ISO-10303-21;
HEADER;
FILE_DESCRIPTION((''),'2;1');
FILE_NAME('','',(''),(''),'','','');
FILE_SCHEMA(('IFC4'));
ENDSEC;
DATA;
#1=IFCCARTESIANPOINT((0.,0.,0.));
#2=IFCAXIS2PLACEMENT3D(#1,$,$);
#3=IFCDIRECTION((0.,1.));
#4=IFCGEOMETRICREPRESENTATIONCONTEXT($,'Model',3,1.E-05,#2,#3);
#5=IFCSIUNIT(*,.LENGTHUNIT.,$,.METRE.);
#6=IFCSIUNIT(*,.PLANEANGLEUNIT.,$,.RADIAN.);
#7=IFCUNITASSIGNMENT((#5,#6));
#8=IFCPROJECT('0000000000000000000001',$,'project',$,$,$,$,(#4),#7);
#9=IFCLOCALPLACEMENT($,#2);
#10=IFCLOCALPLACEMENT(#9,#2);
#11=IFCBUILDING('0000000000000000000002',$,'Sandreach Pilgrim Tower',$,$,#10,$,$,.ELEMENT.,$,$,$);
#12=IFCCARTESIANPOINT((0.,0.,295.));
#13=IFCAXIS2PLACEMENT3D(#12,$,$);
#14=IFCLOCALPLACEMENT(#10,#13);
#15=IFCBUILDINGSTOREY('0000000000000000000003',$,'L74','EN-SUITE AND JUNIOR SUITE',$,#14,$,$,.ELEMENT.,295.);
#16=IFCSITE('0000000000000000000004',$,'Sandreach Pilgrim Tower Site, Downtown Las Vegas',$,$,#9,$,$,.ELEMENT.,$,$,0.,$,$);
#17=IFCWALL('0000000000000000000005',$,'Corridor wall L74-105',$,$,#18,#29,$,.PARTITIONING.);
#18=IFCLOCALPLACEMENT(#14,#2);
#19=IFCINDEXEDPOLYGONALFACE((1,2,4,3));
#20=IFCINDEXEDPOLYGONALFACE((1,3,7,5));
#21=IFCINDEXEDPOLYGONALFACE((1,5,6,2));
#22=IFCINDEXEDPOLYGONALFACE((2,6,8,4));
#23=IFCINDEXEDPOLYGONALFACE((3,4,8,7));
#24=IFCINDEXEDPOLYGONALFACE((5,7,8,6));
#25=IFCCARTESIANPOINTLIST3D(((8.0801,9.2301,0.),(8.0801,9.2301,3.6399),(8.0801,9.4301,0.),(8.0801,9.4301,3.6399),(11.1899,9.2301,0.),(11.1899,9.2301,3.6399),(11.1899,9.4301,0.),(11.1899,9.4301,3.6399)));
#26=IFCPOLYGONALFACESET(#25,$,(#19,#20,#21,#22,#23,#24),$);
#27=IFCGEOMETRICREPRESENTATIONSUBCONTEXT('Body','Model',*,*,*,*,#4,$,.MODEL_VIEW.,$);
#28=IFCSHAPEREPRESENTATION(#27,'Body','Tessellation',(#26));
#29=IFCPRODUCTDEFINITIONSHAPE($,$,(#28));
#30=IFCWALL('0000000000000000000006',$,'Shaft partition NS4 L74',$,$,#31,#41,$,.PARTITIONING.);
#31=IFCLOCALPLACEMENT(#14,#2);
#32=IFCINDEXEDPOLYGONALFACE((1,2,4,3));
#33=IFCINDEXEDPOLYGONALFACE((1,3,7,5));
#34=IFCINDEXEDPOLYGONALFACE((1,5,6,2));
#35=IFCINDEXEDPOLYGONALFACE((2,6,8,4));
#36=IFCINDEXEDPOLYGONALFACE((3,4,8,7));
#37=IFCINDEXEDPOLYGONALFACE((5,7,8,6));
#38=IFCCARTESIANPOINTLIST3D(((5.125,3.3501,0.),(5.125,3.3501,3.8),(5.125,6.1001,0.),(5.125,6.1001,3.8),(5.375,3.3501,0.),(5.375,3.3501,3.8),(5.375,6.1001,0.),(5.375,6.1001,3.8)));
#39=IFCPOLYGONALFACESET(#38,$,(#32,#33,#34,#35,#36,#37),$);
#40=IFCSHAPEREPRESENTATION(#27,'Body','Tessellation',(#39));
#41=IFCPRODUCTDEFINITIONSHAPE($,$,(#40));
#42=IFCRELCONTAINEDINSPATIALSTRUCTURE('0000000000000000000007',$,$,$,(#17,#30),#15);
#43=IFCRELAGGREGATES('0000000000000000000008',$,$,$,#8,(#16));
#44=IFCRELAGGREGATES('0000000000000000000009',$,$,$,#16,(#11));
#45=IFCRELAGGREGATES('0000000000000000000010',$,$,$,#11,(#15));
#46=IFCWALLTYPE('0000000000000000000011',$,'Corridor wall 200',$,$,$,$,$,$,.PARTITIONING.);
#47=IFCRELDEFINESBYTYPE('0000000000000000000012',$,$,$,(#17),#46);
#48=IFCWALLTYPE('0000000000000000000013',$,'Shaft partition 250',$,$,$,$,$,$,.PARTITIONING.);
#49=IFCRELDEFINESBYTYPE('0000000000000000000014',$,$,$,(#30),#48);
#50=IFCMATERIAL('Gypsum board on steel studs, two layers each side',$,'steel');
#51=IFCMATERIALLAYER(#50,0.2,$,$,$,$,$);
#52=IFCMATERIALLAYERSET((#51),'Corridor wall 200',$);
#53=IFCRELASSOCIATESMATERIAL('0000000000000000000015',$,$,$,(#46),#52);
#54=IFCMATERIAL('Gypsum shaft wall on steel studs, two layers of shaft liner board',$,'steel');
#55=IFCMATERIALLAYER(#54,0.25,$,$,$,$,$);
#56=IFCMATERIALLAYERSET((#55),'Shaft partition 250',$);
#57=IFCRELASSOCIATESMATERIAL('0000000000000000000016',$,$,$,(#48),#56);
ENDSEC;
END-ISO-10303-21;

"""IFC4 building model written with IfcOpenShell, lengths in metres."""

from ifc_helpers import new_model, si_unit, direction, frame, frame_2d, origin, place, context, subcontext, project, spatial, rectangle, extrude, material, layer, layer_set, type_object, element, save


model = new_model("IFC4")

# Units and contexts
model_context = context("Model", 3, precision=1e-05, world=origin(), true_north=direction((0.0, 1.0)))
body_context = subcontext(model_context, "Body", "Model", "MODEL_VIEW")
ifc_project = project(units=[si_unit("LENGTHUNIT", "METRE"), si_unit("PLANEANGLEUNIT", "RADIAN")], contexts=[model_context])

# Site, building, storey
site_placement = place(None, origin())
site = spatial("IfcSite", under=ifc_project, at=site_placement, Name="Sandreach Pilgrim Tower Site, Downtown Las Vegas", CompositionType="ELEMENT", RefElevation=0.0)
building_placement = place(site_placement, origin())
building = spatial("IfcBuilding", under=site, at=building_placement, Name="Sandreach Pilgrim Tower", CompositionType="ELEMENT")
storey_placement = place(building_placement, frame((0.0, 0.0, 295.0)))
storey = spatial("IfcBuildingStorey", under=building, at=storey_placement, Name="L74", Description="EN-SUITE AND JUNIOR SUITE", CompositionType="ELEMENT", Elevation=295.0)

# Shared definitions
ifc_material_1 = material(Name="Gypsum board on steel studs, two layers each side", Category="steel")
ifc_layer_1 = layer(ifc_material_1, 0.2)
ifc_layer_set_1 = layer_set([ifc_layer_1], Name="Corridor wall 200")
wall_type_1 = type_object("IfcWallType", Name="Corridor wall 200", PredefinedType="PARTITIONING", material=ifc_layer_set_1)

# Wall
wall_1_placement = place(storey_placement, frame((11.1899, 9.3301, 0.0), z_axis=(0.0, 0.0, 1.0), x_axis=(-1.0, 0.0, 0.0)))
element("IfcWall", 1, at=wall_1_placement, inside=storey, type_object=wall_type_1, Name="Corridor wall L74-105", PredefinedType="PARTITIONING", context=body_context, shape_type="SweptSolid", body=[
    extrude(rectangle(XDim=3.1099, YDim=0.2, at=frame_2d((1.5549, 0.0))), origin(), (0.0, 0.0, 1.0), 3.6399),
])

# Wall
ifc_material_2 = material(Name="Gypsum shaft wall on steel studs, two layers of shaft liner board", Category="steel")
ifc_layer_2 = layer(ifc_material_2, 0.25)
ifc_layer_set_2 = layer_set([ifc_layer_2], Name="Shaft partition 250")
wall_type_2 = type_object("IfcWallType", Name="Shaft partition 250", PredefinedType="PARTITIONING", material=ifc_layer_set_2)
wall_2_placement = place(storey_placement, frame((5.25, 3.3501, 0.0), z_axis=(0.0, 0.0, 1.0), x_axis=(0.0, 1.0, 0.0)))
element("IfcWall", 2, at=wall_2_placement, inside=storey, type_object=wall_type_2, Name="Shaft partition NS4 L74", PredefinedType="PARTITIONING", context=body_context, shape_type="SweptSolid", body=[
    extrude(rectangle(XDim=2.75, YDim=0.25, at=frame_2d((1.375, 0.0))), origin(), (0.0, 0.0, 1.0), 3.8),
])

save(model, "model.ifc")
